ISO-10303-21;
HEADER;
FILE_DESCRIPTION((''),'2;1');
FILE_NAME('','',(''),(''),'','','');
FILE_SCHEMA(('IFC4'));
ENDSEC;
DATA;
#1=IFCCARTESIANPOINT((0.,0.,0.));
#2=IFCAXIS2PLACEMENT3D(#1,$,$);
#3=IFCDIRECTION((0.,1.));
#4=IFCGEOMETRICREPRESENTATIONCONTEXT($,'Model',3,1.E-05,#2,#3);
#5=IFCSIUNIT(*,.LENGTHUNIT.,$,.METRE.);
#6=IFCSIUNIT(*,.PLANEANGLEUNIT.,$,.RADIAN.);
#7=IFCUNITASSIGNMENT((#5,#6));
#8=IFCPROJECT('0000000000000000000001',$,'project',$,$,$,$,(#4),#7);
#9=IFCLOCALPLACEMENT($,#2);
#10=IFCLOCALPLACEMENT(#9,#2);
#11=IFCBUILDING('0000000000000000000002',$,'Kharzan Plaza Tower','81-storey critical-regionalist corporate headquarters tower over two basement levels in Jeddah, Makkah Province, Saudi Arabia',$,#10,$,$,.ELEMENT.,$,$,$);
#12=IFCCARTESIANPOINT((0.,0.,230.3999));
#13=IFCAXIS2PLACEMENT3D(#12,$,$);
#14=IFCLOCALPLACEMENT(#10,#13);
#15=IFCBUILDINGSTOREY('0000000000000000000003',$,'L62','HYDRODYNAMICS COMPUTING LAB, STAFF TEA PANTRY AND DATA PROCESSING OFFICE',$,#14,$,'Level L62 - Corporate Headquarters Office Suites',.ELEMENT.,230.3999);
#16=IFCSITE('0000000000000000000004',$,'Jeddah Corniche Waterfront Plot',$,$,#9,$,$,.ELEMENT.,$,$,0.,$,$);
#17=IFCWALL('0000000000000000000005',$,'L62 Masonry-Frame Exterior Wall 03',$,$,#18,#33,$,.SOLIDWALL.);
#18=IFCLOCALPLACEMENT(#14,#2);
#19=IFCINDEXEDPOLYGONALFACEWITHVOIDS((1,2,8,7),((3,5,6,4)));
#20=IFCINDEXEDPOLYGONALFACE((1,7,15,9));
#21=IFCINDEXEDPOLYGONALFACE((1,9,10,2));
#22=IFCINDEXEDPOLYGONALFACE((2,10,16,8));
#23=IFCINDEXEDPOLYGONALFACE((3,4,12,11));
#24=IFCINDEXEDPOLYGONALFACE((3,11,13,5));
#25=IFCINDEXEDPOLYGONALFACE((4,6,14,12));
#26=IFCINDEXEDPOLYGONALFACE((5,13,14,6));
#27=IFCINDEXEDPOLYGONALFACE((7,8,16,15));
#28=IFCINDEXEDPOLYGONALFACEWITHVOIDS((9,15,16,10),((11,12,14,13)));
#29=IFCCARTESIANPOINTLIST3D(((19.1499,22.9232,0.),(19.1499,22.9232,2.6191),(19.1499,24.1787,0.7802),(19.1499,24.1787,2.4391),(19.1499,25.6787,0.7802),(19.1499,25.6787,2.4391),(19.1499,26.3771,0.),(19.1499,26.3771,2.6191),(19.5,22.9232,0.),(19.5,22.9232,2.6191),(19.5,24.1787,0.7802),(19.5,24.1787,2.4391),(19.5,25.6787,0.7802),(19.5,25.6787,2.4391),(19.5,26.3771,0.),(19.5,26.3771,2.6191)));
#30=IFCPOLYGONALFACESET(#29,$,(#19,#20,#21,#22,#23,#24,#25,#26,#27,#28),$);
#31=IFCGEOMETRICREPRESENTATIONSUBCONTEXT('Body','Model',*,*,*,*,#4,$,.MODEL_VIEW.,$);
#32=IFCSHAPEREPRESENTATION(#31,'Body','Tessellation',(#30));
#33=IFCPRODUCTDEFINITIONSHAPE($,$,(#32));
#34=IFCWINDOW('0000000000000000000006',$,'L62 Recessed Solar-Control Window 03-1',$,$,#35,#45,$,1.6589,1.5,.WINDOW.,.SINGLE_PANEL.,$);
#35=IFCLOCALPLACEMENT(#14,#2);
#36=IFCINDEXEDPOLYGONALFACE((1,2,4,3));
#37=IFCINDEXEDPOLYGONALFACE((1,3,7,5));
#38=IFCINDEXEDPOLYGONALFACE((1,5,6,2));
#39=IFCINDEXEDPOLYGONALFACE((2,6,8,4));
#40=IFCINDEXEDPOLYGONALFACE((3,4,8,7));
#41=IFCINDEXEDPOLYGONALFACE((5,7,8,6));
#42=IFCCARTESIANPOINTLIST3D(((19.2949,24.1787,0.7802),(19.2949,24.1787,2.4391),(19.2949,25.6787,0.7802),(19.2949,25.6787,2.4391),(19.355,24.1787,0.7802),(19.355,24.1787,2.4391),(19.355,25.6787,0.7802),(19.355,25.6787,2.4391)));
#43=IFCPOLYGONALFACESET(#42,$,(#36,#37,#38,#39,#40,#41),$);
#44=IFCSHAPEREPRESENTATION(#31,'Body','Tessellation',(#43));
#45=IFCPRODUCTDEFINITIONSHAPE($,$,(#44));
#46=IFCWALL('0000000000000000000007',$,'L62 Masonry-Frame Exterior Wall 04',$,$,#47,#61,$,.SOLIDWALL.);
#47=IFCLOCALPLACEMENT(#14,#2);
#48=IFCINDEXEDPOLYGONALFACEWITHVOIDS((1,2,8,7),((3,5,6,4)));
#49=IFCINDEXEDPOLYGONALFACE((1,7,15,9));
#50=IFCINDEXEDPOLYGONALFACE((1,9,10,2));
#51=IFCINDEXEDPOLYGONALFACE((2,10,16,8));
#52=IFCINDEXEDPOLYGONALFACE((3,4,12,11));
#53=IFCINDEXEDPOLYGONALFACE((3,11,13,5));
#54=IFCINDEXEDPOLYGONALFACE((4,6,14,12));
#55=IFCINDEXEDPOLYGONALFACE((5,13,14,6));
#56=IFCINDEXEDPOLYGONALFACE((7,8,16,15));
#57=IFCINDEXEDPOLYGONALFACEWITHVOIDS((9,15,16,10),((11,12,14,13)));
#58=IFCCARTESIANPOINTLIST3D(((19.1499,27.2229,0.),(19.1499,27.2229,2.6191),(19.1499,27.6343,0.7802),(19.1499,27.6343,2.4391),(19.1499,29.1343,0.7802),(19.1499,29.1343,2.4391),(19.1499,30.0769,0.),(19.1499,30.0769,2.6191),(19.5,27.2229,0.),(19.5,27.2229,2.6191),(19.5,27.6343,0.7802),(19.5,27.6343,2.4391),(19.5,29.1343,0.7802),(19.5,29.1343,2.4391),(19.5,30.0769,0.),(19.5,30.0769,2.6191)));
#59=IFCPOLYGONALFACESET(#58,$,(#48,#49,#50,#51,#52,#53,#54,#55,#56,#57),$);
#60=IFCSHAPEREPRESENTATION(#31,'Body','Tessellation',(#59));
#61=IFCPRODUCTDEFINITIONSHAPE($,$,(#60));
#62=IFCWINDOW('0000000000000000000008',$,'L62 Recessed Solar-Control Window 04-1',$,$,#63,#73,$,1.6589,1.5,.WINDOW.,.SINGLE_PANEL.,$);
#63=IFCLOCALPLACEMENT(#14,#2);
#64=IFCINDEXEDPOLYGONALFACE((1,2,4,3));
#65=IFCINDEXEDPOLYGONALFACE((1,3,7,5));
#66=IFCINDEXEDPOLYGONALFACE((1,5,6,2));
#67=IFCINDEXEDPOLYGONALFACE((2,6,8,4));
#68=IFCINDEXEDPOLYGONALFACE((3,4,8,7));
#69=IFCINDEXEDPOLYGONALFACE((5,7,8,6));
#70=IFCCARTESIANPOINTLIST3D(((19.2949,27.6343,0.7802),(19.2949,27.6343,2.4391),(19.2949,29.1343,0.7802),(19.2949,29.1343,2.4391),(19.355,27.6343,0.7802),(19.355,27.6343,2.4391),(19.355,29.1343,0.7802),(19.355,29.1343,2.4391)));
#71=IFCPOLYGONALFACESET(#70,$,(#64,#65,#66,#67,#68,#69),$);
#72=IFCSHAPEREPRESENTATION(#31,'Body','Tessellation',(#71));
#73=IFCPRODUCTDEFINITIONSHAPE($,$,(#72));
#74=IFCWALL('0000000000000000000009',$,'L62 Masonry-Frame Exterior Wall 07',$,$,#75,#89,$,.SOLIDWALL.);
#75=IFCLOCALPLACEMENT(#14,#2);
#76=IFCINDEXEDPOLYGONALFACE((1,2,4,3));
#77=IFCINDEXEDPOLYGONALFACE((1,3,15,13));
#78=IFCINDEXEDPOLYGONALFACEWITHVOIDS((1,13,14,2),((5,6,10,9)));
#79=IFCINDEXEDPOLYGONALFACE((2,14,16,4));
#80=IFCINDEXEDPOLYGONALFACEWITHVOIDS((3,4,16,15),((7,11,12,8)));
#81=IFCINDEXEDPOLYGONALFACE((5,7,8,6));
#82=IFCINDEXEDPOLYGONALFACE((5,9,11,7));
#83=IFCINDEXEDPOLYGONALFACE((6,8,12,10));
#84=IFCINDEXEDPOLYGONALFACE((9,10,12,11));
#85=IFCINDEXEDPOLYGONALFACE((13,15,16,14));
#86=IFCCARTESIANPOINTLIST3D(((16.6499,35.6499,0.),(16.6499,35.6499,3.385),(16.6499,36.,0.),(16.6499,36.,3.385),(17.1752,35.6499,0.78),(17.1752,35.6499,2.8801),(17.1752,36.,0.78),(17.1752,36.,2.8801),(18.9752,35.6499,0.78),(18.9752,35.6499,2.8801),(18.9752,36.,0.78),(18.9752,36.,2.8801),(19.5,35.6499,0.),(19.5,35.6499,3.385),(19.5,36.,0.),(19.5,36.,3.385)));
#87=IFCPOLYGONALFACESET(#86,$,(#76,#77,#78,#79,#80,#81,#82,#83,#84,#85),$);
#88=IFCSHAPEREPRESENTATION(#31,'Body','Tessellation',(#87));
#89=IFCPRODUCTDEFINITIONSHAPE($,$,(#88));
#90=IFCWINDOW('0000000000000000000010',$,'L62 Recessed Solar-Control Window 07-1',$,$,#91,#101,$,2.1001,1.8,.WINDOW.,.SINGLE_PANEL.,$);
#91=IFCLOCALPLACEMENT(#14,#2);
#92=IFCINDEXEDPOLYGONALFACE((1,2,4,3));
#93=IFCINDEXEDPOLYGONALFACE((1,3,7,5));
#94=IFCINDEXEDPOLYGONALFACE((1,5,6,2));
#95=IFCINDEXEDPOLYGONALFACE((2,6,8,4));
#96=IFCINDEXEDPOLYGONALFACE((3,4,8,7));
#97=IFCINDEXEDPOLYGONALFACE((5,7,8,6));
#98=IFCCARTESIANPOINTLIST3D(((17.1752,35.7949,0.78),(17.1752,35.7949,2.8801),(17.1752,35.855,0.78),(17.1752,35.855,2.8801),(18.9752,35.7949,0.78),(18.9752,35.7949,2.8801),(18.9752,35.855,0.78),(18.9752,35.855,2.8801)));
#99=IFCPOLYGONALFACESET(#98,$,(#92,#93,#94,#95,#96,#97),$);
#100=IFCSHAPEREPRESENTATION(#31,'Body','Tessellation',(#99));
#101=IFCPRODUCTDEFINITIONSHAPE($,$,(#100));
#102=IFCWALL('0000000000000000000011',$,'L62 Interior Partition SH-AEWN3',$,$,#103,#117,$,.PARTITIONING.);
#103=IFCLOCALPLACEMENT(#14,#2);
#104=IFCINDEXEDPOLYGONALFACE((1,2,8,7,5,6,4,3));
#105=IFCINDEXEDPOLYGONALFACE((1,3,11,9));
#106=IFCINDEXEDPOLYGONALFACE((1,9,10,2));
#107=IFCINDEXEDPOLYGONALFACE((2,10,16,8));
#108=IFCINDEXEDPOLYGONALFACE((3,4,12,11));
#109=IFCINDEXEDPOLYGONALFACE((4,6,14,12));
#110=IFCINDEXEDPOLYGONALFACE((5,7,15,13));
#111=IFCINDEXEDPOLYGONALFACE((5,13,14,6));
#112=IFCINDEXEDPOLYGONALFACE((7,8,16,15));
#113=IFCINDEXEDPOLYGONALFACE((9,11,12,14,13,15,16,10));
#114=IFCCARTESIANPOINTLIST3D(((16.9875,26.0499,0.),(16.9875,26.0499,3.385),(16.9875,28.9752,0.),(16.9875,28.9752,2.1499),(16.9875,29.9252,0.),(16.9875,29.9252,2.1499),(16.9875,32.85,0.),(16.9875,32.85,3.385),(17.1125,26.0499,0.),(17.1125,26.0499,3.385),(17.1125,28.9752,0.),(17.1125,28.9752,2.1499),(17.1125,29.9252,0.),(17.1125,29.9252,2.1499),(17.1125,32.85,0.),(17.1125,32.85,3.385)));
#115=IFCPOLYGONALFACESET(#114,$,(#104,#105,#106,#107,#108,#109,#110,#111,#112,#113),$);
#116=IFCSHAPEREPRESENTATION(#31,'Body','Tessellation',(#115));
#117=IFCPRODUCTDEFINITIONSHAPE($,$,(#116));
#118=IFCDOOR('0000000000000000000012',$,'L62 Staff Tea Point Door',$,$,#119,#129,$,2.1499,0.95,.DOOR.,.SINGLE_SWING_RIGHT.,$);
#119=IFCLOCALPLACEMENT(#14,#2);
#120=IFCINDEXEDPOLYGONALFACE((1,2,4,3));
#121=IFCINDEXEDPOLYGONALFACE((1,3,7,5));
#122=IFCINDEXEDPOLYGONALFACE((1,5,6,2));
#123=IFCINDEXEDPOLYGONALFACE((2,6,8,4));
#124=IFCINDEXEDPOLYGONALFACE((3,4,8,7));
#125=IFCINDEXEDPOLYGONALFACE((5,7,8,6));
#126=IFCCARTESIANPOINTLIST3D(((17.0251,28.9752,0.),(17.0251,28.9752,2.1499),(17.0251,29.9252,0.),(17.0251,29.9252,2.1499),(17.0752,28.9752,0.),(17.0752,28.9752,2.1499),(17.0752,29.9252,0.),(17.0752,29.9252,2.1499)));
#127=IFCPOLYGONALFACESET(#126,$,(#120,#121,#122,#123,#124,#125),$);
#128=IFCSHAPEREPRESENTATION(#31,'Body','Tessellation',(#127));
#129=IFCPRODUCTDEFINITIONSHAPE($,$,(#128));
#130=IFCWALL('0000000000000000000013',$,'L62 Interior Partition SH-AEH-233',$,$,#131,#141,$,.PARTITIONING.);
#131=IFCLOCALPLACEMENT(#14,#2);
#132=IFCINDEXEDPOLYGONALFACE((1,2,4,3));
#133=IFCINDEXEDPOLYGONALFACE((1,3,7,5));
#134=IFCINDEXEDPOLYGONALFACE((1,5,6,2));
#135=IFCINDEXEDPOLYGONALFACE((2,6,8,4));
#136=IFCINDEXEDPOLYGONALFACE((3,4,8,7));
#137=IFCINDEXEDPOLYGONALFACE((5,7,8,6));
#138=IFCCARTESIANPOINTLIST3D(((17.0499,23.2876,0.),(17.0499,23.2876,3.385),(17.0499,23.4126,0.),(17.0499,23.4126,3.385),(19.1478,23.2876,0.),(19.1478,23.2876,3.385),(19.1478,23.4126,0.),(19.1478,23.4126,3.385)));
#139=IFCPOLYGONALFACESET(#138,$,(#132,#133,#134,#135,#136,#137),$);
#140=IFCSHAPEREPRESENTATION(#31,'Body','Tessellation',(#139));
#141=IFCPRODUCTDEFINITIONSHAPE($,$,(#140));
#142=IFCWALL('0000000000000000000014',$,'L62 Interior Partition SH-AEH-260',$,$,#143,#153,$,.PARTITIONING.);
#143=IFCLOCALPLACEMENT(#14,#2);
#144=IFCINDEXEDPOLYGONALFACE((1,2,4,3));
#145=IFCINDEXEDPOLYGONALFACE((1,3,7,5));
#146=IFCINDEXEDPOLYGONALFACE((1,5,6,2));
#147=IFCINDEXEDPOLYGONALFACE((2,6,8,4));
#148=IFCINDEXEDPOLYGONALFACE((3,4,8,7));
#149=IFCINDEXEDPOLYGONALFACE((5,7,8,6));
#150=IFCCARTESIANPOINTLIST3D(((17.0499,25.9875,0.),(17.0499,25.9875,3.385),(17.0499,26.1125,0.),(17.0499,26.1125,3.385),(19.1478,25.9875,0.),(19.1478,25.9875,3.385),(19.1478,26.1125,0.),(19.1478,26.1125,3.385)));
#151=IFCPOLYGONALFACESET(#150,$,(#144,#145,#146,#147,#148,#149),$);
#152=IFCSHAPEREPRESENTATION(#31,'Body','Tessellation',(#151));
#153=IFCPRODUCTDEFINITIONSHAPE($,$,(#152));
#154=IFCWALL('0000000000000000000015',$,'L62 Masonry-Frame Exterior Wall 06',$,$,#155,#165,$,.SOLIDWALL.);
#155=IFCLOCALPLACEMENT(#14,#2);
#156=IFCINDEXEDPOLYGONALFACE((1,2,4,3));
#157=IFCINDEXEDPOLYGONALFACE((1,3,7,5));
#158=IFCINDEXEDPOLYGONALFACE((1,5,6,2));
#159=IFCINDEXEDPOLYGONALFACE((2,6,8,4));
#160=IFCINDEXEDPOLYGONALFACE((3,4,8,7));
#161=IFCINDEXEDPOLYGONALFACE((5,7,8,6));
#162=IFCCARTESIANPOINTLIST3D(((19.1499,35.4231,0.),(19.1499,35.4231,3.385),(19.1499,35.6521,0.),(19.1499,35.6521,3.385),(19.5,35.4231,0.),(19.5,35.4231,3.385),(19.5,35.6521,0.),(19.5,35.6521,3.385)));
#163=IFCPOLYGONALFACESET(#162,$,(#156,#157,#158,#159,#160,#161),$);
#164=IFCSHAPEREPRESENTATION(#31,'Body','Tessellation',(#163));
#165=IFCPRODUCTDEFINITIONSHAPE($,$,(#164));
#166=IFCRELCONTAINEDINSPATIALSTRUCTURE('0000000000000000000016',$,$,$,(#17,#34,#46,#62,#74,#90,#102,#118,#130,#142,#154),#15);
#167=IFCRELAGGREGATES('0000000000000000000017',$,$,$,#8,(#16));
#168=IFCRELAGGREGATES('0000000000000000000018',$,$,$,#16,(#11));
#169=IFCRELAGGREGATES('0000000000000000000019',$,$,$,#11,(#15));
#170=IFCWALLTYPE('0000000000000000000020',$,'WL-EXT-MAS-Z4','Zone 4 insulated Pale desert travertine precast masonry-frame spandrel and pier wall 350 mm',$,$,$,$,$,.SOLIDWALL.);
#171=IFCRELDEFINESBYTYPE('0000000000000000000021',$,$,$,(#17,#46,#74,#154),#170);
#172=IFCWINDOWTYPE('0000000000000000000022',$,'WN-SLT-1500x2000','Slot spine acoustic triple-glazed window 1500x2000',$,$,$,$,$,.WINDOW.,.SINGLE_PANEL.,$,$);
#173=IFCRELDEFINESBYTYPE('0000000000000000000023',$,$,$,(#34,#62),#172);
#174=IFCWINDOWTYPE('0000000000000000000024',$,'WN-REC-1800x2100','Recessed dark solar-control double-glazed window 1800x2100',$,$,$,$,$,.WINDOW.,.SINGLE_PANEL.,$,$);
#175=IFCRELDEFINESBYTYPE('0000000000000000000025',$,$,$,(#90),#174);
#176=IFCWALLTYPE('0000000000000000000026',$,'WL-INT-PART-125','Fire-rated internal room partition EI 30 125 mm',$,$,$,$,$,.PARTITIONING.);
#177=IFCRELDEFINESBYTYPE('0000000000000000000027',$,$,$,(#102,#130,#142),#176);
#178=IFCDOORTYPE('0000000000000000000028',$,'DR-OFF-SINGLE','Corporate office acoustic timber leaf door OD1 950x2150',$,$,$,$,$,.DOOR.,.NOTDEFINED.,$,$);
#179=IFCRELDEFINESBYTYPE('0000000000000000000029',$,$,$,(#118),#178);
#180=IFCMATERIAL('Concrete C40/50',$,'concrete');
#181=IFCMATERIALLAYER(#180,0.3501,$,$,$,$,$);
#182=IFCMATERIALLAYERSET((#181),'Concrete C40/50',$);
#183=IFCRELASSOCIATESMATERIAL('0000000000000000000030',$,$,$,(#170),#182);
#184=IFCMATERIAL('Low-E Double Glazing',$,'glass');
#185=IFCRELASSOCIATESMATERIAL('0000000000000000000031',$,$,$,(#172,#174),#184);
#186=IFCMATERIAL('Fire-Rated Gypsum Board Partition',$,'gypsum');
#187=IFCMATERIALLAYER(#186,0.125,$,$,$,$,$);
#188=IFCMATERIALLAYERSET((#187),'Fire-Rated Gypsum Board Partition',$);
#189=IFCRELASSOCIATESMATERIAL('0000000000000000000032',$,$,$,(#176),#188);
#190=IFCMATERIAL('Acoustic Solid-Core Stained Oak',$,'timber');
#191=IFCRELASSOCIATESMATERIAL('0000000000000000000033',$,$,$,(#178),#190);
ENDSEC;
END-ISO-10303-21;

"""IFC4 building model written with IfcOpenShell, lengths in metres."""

from ifc_helpers import new_model, si_unit, direction, frame, frame_2d, origin, place, context, subcontext, project, spatial, rectangle, extrude, source, transform, mapped, material, layer, layer_set, type_object, element, fill, save


model = new_model("IFC4")

# Units and contexts
model_context = context("Model", 3, precision=1e-05, world=origin(), true_north=direction((0.0, 1.0)))
body_context = subcontext(model_context, "Body", "Model", "MODEL_VIEW")
ifc_project = project(units=[si_unit("LENGTHUNIT", "METRE"), si_unit("PLANEANGLEUNIT", "RADIAN")], contexts=[model_context])

# Site, building, storey
site_placement = place(None, origin())
site = spatial("IfcSite", under=ifc_project, at=site_placement, Name="Jeddah Corniche Waterfront Plot", CompositionType="ELEMENT", RefElevation=0.0)
building_placement = place(site_placement, origin())
building = spatial("IfcBuilding", under=site, at=building_placement, Name="Kharzan Plaza Tower", Description="81-storey critical-regionalist corporate headquarters tower over two basement levels in Jeddah, Makkah Province, Saudi Arabia", CompositionType="ELEMENT")
storey_placement = place(building_placement, frame((0.0, 0.0, 230.3999)))
storey = spatial("IfcBuildingStorey", under=building, at=storey_placement, Name="L62", Description="HYDRODYNAMICS COMPUTING LAB, STAFF TEA PANTRY AND DATA PROCESSING OFFICE", LongName="Level L62 - Corporate Headquarters Office Suites", CompositionType="ELEMENT", Elevation=230.3999)

# Walls, openings, windows
ifc_material_1 = material(Name="Concrete C40/50", Category="concrete")
ifc_layer_1 = layer(ifc_material_1, 0.3501)
ifc_layer_set_1 = layer_set([ifc_layer_1], Name="Concrete C40/50")
wall_type_1 = type_object("IfcWallType", Name="WL-EXT-MAS-Z4", Description="Zone 4 insulated Pale desert travertine precast masonry-frame spandrel and pier wall 350 mm", PredefinedType="SOLIDWALL", material=ifc_layer_set_1)
ifc_material_2 = material(Name="Low-E Double Glazing", Category="glass")
wall_1_placement = place(storey_placement, frame((19.325, 22.9231, 0.0), z_axis=(0.0, 0.0, 1.0), x_axis=(0.0, 1.0, 0.0)))
wall_1 = element("IfcWall", 1, at=wall_1_placement, inside=storey, type_object=wall_type_1, Name="L62 Masonry-Frame Exterior Wall 03", PredefinedType="SOLIDWALL", context=body_context, shape_type="SweptSolid", body=[
    extrude(rectangle(XDim=3.4539, YDim=0.3501, at=frame_2d((1.7271, 0.0))), origin(), (0.0, 0.0, 1.0), 2.6191),
])
opening_1_placement = place(wall_1_placement, frame((1.2556, 0.0, 0.78)))
opening_1 = element("IfcOpeningElement", 2, at=opening_1_placement, cuts=wall_1, PredefinedType="OPENING", context=body_context, shape_type="SweptSolid", body=[
    extrude(rectangle(XDim=1.5, YDim=1.6589, at=frame_2d((0.75, 0.8296))), frame((0.0, 0.1851, 0.0), z_axis=(0.0, -1.0, 0.0), x_axis=(1.0, 0.0, 0.0)), (0.0, 0.0, 1.0), 0.3701),
])
window_type_1 = type_object("IfcWindowType", Name="WN-SLT-1500x2000", Description="Slot spine acoustic triple-glazed window 1500x2000", PartitioningType="SINGLE_PANEL", PredefinedType="WINDOW", material=ifc_material_2)
shared_shape_1 = source(origin(), body_context, "Body", "SweptSolid", [
    extrude(rectangle(XDim=1.5, YDim=1.6589, at=frame_2d((0.75, 0.8296))), frame((0.0, 0.03, 0.0), z_axis=(0.0, -1.0, 0.0), x_axis=(1.0, 0.0, 0.0)), (0.0, 0.0, 1.0), 0.0601),
])
window_1_placement = place(opening_1_placement, origin())
window_1 = element("IfcWindow", 3, at=window_1_placement, inside=storey, type_object=window_type_1, Name="L62 Recessed Solar-Control Window 03-1", OverallHeight=1.6589, OverallWidth=1.5, PartitioningType="SINGLE_PANEL", PredefinedType="WINDOW", context=body_context, shape_type="MappedRepresentation", body=[
    mapped(shared_shape_1, transform((0.0, 0.0, 0.0), x_axis=(1.0, 0.0, 0.0), y_axis=(0.0, 1.0, 0.0), z_axis=(0.0, 0.0, 1.0))),
])
fill(opening_1, window_1)
wall_2_placement = place(storey_placement, frame((19.325, 27.2229, 0.0), z_axis=(0.0, 0.0, 1.0), x_axis=(0.0, 1.0, 0.0)))
wall_2 = element("IfcWall", 4, at=wall_2_placement, inside=storey, type_object=wall_type_1, Name="L62 Masonry-Frame Exterior Wall 04", PredefinedType="SOLIDWALL", context=body_context, shape_type="SweptSolid", body=[
    extrude(rectangle(XDim=2.854, YDim=0.3501, at=frame_2d((1.427, 0.0))), origin(), (0.0, 0.0, 1.0), 2.6191),
])
opening_2_placement = place(wall_2_placement, frame((0.4114, 0.0, 0.78)))
opening_2 = element("IfcOpeningElement", 5, at=opening_2_placement, cuts=wall_2, PredefinedType="OPENING", context=body_context, shape_type="SweptSolid", body=[
    extrude(rectangle(XDim=1.5, YDim=1.6589, at=frame_2d((0.75, 0.8296))), frame((0.0, 0.1851, 0.0), z_axis=(0.0, -1.0, 0.0), x_axis=(1.0, 0.0, 0.0)), (0.0, 0.0, 1.0), 0.3701),
])
window_2_placement = place(opening_2_placement, origin())
window_2 = element("IfcWindow", 6, at=window_2_placement, inside=storey, type_object=window_type_1, Name="L62 Recessed Solar-Control Window 04-1", OverallHeight=1.6589, OverallWidth=1.5, PartitioningType="SINGLE_PANEL", PredefinedType="WINDOW", context=body_context, shape_type="MappedRepresentation", body=[
    mapped(shared_shape_1, transform((0.0, 0.0, 0.0), x_axis=(1.0, 0.0, 0.0), y_axis=(0.0, 1.0, 0.0), z_axis=(0.0, 0.0, 1.0))),
])
fill(opening_2, window_2)
wall_3_placement = place(storey_placement, frame((19.5, 35.825, 0.0), z_axis=(0.0, 0.0, 1.0), x_axis=(-1.0, 0.0, 0.0)))
wall_3 = element("IfcWall", 7, at=wall_3_placement, inside=storey, type_object=wall_type_1, Name="L62 Masonry-Frame Exterior Wall 07", PredefinedType="SOLIDWALL", context=body_context, shape_type="SweptSolid", body=[
    extrude(rectangle(XDim=2.8501, YDim=0.3501, at=frame_2d((1.425, 0.0))), origin(), (0.0, 0.0, 1.0), 3.385),
])
opening_3_placement = place(wall_3_placement, frame((0.5249, 0.0, 0.78)))
opening_3 = element("IfcOpeningElement", 8, at=opening_3_placement, cuts=wall_3, PredefinedType="OPENING", context=body_context, shape_type="SweptSolid", body=[
    extrude(rectangle(XDim=1.8, YDim=2.1001, at=frame_2d((0.8999, 1.05))), frame((0.0, 0.1851, 0.0), z_axis=(0.0, -1.0, 0.0), x_axis=(1.0, 0.0, 0.0)), (0.0, 0.0, 1.0), 0.3701),
])
window_type_2 = type_object("IfcWindowType", Name="WN-REC-1800x2100", Description="Recessed dark solar-control double-glazed window 1800x2100", PartitioningType="SINGLE_PANEL", PredefinedType="WINDOW", material=ifc_material_2)
shared_shape_2 = source(origin(), body_context, "Body", "SweptSolid", [
    extrude(rectangle(XDim=1.8, YDim=2.1001, at=frame_2d((0.8999, 1.05))), frame((0.0, 0.03, 0.0), z_axis=(0.0, -1.0, 0.0), x_axis=(1.0, 0.0, 0.0)), (0.0, 0.0, 1.0), 0.0601),
])
window_3_placement = place(opening_3_placement, origin())
window_3 = element("IfcWindow", 9, at=window_3_placement, inside=storey, type_object=window_type_2, Name="L62 Recessed Solar-Control Window 07-1", OverallHeight=2.1001, OverallWidth=1.8, PartitioningType="SINGLE_PANEL", PredefinedType="WINDOW", context=body_context, shape_type="MappedRepresentation", body=[
    mapped(shared_shape_2, transform((0.0, 0.0, 0.0), x_axis=(1.0, 0.0, 0.0), y_axis=(0.0, 1.0, 0.0), z_axis=(0.0, 0.0, 1.0))),
])
fill(opening_3, window_3)

# Wall, opening, door
ifc_material_3 = material(Name="Fire-Rated Gypsum Board Partition", Category="gypsum")
ifc_layer_2 = layer(ifc_material_3, 0.125)
ifc_layer_set_2 = layer_set([ifc_layer_2], Name="Fire-Rated Gypsum Board Partition")
wall_type_2 = type_object("IfcWallType", Name="WL-INT-PART-125", Description="Fire-rated internal room partition EI 30 125 mm", PredefinedType="PARTITIONING", material=ifc_layer_set_2)
wall_4_placement = place(storey_placement, frame((17.05, 26.05, 0.0), z_axis=(0.0, 0.0, 1.0), x_axis=(0.0, 1.0, 0.0)))
wall_4 = element("IfcWall", 10, at=wall_4_placement, inside=storey, type_object=wall_type_2, Name="L62 Interior Partition SH-AEWN3", PredefinedType="PARTITIONING", context=body_context, shape_type="SweptSolid", body=[
    extrude(rectangle(XDim=6.8, YDim=0.125, at=frame_2d((3.3999, 0.0))), origin(), (0.0, 0.0, 1.0), 3.385),
])
opening_4_placement = place(wall_4_placement, frame((2.925, 0.0, 0.0)))
opening_4 = element("IfcOpeningElement", 11, at=opening_4_placement, cuts=wall_4, PredefinedType="OPENING", context=body_context, shape_type="SweptSolid", body=[
    extrude(rectangle(XDim=0.95, YDim=2.1499, at=frame_2d((0.4751, 1.075))), frame((0.0, 0.0725, 0.0), z_axis=(0.0, -1.0, 0.0), x_axis=(1.0, 0.0, 0.0)), (0.0, 0.0, 1.0), 0.145),
])
ifc_material_4 = material(Name="Acoustic Solid-Core Stained Oak", Category="timber")
door_type_1 = type_object("IfcDoorType", Name="DR-OFF-SINGLE", Description="Corporate office acoustic timber leaf door OD1 950x2150", OperationType="NOTDEFINED", PredefinedType="DOOR", material=ifc_material_4)
shared_shape_3 = source(origin(), body_context, "Body", "SweptSolid", [
    extrude(rectangle(XDim=0.95, YDim=2.1499, at=frame_2d((0.4751, 1.075))), frame((0.0, 0.0249, 0.0), z_axis=(0.0, -1.0, 0.0), x_axis=(1.0, 0.0, 0.0)), (0.0, 0.0, 1.0), 0.05),
])
door_1_placement = place(opening_4_placement, origin())
door_1 = element("IfcDoor", 12, at=door_1_placement, inside=storey, type_object=door_type_1, Name="L62 Staff Tea Point Door", OperationType="SINGLE_SWING_RIGHT", OverallHeight=2.1499, OverallWidth=0.95, PredefinedType="DOOR", context=body_context, shape_type="MappedRepresentation", body=[
    mapped(shared_shape_3, transform((0.0, 0.0, 0.0), x_axis=(1.0, 0.0, 0.0), y_axis=(0.0, 1.0, 0.0), z_axis=(0.0, 0.0, 1.0))),
])
fill(opening_4, door_1)

# Walls
shared_shape_4 = source(origin(), body_context, "Body", "SweptSolid", [
    extrude(rectangle(XDim=2.0979, YDim=0.125, at=frame_2d((1.0488, 0.0))), origin(), (0.0, 0.0, 1.0), 3.385),
])
for number, where, z_axis, x_axis, name in (
    (13, (17.05, 23.3501, 0.0), (0.0, 0.0, 1.0), (1.0, 0.0, 0.0), "L62 Interior Partition SH-AEH-233"),
    (14, (17.05, 26.05, 0.0), (0.0, 0.0, 1.0), (1.0, 0.0, 0.0), "L62 Interior Partition SH-AEH-260"),
):
    element("IfcWall", number, at=place(storey_placement, frame(where, z_axis=z_axis, x_axis=x_axis)), inside=storey, type_object=wall_type_2, Name=name, PredefinedType="PARTITIONING", context=body_context, shape_type="MappedRepresentation", body=[
        mapped(shared_shape_4, transform((0.0, 0.0, 0.0), x_axis=(1.0, 0.0, 0.0), y_axis=(0.0, 1.0, 0.0), z_axis=(0.0, 0.0, 1.0))),
    ])
shared_shape_5 = source(origin(), body_context, "Body", "SweptSolid", [
    extrude(rectangle(XDim=0.229, YDim=0.3501, at=frame_2d((0.1145, 0.0))), origin(), (0.0, 0.0, 1.0), 3.385),
])
wall_5_placement = place(storey_placement, frame((19.325, 35.4231, 0.0), z_axis=(0.0, 0.0, 1.0), x_axis=(0.0, 1.0, 0.0)))
element("IfcWall", 15, at=wall_5_placement, inside=storey, type_object=wall_type_1, Name="L62 Masonry-Frame Exterior Wall 06", PredefinedType="SOLIDWALL", context=body_context, shape_type="MappedRepresentation", body=[
    mapped(shared_shape_5, transform((0.0, 0.0, 0.0), x_axis=(1.0, 0.0, 0.0), y_axis=(0.0, 1.0, 0.0), z_axis=(0.0, 0.0, 1.0))),
])

save(model, "model.ifc")
